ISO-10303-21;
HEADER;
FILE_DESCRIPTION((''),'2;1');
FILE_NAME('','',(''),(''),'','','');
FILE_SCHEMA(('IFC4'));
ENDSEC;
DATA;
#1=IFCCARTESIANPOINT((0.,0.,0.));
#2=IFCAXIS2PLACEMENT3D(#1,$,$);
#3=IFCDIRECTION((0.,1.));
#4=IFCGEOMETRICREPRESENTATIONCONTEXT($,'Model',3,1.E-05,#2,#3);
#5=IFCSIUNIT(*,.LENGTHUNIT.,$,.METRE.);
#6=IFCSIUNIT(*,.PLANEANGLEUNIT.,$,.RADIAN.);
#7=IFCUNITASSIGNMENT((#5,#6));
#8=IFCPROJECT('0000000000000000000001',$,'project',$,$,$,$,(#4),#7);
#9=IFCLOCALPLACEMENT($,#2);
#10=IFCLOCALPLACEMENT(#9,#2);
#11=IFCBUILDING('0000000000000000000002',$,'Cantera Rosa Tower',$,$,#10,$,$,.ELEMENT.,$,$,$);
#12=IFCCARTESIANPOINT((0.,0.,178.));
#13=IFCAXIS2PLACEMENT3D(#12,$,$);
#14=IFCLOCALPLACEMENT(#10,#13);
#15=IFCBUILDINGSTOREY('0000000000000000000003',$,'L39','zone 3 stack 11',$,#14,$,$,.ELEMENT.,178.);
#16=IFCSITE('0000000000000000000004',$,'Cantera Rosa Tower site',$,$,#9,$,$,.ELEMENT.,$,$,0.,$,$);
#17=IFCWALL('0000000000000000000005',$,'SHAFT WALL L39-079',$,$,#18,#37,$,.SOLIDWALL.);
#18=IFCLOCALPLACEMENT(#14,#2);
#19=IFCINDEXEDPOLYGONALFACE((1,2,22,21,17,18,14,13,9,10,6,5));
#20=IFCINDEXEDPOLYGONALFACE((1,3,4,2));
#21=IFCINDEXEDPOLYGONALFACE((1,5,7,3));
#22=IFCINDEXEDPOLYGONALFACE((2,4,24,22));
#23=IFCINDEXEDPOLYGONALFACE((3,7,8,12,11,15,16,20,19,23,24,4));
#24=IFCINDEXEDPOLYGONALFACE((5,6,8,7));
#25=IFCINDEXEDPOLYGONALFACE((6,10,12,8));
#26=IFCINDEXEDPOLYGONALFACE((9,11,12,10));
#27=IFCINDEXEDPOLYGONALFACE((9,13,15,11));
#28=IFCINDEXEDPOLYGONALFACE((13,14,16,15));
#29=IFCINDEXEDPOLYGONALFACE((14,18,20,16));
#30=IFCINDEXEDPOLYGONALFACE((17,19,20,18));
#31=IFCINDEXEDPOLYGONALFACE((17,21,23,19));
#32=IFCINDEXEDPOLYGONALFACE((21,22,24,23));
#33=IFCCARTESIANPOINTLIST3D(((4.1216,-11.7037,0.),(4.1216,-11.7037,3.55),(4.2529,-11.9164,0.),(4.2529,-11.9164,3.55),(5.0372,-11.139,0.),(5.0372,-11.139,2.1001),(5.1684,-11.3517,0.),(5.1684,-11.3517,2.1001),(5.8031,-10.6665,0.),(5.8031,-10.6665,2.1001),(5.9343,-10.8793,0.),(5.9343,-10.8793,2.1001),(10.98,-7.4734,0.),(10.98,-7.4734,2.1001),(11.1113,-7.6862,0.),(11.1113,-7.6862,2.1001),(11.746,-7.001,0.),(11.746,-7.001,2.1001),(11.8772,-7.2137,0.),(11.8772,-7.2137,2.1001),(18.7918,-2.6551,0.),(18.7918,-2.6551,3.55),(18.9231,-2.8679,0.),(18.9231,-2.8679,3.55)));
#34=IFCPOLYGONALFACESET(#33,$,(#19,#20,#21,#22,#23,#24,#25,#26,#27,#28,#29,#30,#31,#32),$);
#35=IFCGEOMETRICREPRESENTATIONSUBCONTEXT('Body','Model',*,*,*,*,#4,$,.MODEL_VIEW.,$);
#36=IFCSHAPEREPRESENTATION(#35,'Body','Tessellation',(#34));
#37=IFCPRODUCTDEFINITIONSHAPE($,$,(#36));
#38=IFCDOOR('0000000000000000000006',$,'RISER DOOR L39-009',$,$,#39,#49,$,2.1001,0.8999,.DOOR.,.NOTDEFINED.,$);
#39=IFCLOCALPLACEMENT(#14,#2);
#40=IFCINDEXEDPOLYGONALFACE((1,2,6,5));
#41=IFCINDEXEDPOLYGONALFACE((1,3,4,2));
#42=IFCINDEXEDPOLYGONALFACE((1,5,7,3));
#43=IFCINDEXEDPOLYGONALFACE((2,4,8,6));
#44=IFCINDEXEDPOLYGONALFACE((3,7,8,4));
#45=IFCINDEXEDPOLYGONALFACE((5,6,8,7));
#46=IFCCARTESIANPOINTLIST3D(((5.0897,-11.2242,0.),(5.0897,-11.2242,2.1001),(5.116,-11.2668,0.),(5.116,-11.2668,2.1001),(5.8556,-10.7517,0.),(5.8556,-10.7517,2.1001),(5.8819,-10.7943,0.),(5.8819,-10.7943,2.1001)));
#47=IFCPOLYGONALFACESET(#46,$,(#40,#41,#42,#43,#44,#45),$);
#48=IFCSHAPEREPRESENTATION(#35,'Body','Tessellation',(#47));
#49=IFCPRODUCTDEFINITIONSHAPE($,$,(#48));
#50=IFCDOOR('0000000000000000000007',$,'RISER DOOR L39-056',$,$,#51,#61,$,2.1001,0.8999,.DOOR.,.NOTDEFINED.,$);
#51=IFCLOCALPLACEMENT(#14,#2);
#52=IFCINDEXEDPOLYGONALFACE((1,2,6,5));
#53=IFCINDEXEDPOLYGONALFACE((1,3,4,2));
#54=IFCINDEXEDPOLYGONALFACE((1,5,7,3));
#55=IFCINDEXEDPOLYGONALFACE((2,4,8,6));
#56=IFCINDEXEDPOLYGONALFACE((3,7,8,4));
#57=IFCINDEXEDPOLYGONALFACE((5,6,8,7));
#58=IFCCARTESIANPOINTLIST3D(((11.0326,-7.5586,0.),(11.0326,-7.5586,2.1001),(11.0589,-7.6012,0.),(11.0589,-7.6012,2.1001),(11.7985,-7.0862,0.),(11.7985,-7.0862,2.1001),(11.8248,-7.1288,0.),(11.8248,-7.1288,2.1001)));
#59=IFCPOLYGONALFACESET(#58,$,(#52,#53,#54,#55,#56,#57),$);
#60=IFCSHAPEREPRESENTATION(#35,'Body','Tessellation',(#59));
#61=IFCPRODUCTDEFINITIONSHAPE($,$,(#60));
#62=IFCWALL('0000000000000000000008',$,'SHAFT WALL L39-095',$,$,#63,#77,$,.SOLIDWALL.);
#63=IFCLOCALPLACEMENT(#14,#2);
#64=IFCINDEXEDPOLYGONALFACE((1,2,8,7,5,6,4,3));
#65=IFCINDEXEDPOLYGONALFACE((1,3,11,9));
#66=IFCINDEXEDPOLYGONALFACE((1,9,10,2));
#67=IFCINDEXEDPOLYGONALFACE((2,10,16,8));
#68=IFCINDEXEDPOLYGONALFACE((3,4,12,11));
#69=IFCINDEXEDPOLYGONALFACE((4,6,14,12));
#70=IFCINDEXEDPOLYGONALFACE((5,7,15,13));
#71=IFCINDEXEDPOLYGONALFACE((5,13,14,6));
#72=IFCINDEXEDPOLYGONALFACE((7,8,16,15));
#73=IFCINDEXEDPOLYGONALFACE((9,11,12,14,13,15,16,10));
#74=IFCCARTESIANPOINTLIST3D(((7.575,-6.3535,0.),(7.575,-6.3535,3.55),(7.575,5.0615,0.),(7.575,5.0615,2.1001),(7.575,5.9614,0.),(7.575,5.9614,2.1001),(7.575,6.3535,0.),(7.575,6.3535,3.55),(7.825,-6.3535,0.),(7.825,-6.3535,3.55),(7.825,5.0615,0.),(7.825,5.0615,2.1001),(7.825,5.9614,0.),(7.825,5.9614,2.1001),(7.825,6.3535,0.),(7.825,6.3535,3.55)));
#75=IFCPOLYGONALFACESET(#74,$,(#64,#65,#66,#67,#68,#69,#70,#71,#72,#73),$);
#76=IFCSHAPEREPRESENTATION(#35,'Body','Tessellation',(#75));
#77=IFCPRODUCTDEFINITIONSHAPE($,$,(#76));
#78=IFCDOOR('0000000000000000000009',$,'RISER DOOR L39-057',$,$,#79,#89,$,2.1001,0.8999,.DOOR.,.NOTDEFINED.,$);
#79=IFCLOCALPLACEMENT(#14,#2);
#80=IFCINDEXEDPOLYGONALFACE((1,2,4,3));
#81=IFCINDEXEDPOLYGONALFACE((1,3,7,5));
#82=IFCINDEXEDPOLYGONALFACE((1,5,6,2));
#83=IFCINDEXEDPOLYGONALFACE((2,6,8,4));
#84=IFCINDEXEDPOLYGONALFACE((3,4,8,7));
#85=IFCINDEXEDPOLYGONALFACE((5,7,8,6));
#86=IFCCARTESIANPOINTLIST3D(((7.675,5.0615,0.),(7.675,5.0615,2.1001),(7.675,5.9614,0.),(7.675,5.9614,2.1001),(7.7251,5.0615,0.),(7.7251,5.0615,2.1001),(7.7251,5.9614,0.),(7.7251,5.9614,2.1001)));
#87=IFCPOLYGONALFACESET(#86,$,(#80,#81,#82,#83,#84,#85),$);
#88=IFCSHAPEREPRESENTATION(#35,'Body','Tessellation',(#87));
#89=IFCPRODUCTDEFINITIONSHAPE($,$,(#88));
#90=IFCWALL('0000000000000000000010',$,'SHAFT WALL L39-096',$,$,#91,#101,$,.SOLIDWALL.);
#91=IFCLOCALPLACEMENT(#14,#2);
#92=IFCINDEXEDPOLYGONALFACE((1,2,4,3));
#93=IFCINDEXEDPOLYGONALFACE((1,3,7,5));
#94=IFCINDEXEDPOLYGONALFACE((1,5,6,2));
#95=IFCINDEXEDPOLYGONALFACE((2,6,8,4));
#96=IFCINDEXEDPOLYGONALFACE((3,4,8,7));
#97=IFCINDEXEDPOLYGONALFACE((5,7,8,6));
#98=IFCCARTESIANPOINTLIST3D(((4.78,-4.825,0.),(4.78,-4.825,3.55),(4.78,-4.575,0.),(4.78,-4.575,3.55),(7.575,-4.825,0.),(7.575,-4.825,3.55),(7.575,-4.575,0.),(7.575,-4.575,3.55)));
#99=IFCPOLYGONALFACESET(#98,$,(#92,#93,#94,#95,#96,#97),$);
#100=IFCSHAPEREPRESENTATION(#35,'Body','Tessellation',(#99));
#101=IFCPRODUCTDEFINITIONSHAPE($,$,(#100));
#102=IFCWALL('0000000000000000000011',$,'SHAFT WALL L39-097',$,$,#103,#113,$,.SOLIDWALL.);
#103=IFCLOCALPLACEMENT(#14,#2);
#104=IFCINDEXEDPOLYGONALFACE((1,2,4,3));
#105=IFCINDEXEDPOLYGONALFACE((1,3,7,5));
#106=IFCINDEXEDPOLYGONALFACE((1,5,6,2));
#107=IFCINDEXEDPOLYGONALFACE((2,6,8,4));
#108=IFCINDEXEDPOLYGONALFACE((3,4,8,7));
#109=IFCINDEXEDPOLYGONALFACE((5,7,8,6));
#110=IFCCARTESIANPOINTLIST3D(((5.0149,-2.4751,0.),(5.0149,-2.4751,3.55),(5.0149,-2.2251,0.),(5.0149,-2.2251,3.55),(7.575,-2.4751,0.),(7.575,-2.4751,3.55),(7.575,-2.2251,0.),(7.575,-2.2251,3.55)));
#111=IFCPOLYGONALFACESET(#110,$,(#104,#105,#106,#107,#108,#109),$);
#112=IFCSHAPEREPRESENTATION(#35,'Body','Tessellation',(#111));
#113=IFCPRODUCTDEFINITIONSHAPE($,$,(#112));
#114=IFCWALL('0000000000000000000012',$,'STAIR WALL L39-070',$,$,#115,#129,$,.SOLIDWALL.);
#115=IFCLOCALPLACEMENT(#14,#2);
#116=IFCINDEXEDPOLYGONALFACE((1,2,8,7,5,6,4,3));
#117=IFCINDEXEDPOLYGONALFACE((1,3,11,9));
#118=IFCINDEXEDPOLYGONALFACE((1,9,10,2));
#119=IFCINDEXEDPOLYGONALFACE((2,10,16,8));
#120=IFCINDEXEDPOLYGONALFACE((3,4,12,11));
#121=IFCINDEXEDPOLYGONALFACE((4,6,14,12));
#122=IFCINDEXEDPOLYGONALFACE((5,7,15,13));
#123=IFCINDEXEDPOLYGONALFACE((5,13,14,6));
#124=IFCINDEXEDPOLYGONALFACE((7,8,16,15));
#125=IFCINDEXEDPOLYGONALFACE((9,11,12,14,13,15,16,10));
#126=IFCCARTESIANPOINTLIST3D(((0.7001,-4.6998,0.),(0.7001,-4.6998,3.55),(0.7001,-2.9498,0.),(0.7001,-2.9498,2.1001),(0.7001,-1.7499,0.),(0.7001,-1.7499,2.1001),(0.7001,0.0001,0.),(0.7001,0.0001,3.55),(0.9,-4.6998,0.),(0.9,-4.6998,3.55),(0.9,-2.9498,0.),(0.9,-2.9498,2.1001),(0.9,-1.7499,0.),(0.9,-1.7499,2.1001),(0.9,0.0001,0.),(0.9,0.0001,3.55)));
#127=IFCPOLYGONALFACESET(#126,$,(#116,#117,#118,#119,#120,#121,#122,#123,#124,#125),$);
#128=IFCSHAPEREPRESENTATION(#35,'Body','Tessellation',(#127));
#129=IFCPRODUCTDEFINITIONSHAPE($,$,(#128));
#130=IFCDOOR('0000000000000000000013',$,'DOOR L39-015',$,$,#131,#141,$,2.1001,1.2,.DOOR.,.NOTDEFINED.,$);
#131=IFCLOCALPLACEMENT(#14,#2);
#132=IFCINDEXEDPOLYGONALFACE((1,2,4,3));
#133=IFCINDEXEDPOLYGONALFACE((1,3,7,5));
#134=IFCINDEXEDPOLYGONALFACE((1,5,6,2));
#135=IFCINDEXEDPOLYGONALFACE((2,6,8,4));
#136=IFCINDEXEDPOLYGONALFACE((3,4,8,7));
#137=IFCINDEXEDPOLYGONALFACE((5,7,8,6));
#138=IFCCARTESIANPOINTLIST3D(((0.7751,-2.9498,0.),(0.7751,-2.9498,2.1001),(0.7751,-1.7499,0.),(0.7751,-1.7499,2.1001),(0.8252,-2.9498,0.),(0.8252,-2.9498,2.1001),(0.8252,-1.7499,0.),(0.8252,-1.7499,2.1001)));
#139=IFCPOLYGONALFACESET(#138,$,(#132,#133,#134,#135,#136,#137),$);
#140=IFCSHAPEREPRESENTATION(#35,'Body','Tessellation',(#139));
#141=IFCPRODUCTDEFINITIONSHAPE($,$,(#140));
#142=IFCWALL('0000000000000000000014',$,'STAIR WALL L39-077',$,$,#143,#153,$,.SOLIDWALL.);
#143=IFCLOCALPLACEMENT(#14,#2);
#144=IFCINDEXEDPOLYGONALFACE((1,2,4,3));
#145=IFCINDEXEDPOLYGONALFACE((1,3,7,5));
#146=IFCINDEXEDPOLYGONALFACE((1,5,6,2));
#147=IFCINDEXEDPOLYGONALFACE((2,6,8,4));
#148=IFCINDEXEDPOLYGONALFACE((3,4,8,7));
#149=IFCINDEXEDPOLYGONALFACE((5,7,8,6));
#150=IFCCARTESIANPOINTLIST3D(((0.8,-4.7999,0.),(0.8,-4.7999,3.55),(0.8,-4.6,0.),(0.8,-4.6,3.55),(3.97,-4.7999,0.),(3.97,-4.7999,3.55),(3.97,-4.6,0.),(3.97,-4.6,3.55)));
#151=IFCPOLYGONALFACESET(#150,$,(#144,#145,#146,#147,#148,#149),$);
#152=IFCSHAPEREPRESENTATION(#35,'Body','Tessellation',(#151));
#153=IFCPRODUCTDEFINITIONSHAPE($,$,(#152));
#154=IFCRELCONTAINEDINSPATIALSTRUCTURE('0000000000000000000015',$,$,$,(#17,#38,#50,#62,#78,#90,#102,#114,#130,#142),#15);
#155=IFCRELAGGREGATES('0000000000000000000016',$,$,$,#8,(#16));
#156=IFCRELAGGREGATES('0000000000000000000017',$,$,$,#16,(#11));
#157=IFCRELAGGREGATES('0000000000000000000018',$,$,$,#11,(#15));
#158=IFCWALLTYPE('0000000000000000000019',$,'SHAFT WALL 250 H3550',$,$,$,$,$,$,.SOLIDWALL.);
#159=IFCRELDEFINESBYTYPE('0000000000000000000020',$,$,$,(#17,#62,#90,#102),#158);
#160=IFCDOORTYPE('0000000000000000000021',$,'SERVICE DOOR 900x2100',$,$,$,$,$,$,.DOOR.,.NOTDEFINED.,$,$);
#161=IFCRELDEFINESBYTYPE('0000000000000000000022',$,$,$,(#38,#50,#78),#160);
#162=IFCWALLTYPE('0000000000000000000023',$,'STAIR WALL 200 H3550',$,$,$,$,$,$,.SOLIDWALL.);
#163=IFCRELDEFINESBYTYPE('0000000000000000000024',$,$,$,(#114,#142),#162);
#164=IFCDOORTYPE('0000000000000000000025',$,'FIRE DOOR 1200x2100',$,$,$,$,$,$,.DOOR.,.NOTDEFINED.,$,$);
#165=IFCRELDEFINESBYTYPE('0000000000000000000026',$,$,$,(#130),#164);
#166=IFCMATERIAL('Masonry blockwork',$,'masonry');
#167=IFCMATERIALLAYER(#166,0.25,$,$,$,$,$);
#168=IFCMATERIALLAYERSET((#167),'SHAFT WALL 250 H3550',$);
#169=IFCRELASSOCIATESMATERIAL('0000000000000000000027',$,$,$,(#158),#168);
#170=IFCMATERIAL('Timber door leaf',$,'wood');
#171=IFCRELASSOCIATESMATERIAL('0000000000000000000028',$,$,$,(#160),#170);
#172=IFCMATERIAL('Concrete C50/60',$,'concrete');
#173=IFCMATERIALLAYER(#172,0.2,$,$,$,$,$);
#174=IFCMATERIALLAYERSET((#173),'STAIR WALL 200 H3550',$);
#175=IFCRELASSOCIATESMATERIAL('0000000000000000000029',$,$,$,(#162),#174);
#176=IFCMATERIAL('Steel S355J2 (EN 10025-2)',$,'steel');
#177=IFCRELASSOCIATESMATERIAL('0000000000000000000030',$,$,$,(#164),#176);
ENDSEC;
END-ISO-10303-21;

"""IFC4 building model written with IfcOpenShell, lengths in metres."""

from ifc_helpers import new_model, si_unit, direction, frame, frame_2d, origin, place, context, subcontext, project, spatial, rectangle, extrude, material, layer, layer_set, type_object, element, fill, save


model = new_model("IFC4")

# Units and contexts
model_context = context("Model", 3, precision=1e-05, world=origin(), true_north=direction((0.0, 1.0)))
body_context = subcontext(model_context, "Body", "Model", "MODEL_VIEW")
ifc_project = project(units=[si_unit("LENGTHUNIT", "METRE"), si_unit("PLANEANGLEUNIT", "RADIAN")], contexts=[model_context])

# Site, building, storey
site_placement = place(None, origin())
site = spatial("IfcSite", under=ifc_project, at=site_placement, Name="Cantera Rosa Tower site", CompositionType="ELEMENT", RefElevation=0.0)
building_placement = place(site_placement, origin())
building = spatial("IfcBuilding", under=site, at=building_placement, Name="Cantera Rosa Tower", CompositionType="ELEMENT")
storey_placement = place(building_placement, frame((0.0, 0.0, 178.0)))
storey = spatial("IfcBuildingStorey", under=building, at=storey_placement, Name="L39", Description="zone 3 stack 11", CompositionType="ELEMENT", Elevation=178.0)

# Shared definitions
ifc_material_1 = material(Name="Masonry blockwork", Category="masonry")
ifc_layer_1 = layer(ifc_material_1, 0.25)
ifc_layer_set_1 = layer_set([ifc_layer_1], Name="SHAFT WALL 250 H3550")
wall_type_1 = type_object("IfcWallType", Name="SHAFT WALL 250 H3550", PredefinedType="SOLIDWALL", material=ifc_layer_set_1)

# Wall, openings, doors
wall_1_placement = place(storey_placement, frame((4.1873, -11.8101, 0.0), z_axis=(0.0, 0.0, 1.0), x_axis=(0.85112, 0.524972, 0.0)))
wall_1 = element("IfcWall", 1, at=wall_1_placement, inside=storey, type_object=wall_type_1, Name="SHAFT WALL L39-079", PredefinedType="SOLIDWALL", context=body_context, shape_type="SweptSolid", body=[
    extrude(rectangle(XDim=17.2363, YDim=0.25, at=frame_2d((8.6182, 0.0))), origin(), (0.0, 0.0, 1.0), 3.55),
])
opening_1_placement = place(wall_1_placement, frame((1.0757, 0.0, 0.0)))
opening_1 = element("IfcOpeningElement", 2, at=opening_1_placement, cuts=wall_1, PredefinedType="OPENING", context=body_context, shape_type="SweptSolid", body=[
    extrude(rectangle(XDim=0.8999, YDim=2.1001, at=frame_2d((0.45, 1.05))), frame((0.0, 0.135, 0.0), z_axis=(0.0, -1.0, 0.0), x_axis=(1.0, 0.0, 0.0)), (0.0, 0.0, 1.0), 0.27),
])
opening_2_placement = place(wall_1_placement, frame((8.0581, 0.0, 0.0)))
opening_2 = element("IfcOpeningElement", 3, at=opening_2_placement, cuts=wall_1, PredefinedType="OPENING", context=body_context, shape_type="SweptSolid", body=[
    extrude(rectangle(XDim=0.8999, YDim=2.1001, at=frame_2d((0.45, 1.05))), frame((0.0, 0.135, 0.0), z_axis=(0.0, -1.0, 0.0), x_axis=(1.0, 0.0, 0.0)), (0.0, 0.0, 1.0), 0.27),
])
ifc_material_2 = material(Name="Timber door leaf", Category="wood")
door_type_1 = type_object("IfcDoorType", Name="SERVICE DOOR 900x2100", OperationType="NOTDEFINED", PredefinedType="DOOR", material=ifc_material_2)
door_1_placement = place(opening_1_placement, origin())
door_1 = element("IfcDoor", 4, at=door_1_placement, inside=storey, type_object=door_type_1, Name="RISER DOOR L39-009", OperationType="NOTDEFINED", OverallHeight=2.1001, OverallWidth=0.8999, PredefinedType="DOOR", context=body_context, shape_type="SweptSolid", body=[
    extrude(rectangle(XDim=0.8999, YDim=2.1001, at=frame_2d((0.45, 1.05))), frame((0.0, 0.0249, 0.0), z_axis=(0.0, -1.0, 0.0), x_axis=(1.0, 0.0, 0.0)), (0.0, 0.0, 1.0), 0.05),
])
fill(opening_1, door_1)
door_2_placement = place(opening_2_placement, origin())
door_2 = element("IfcDoor", 5, at=door_2_placement, inside=storey, type_object=door_type_1, Name="RISER DOOR L39-056", OperationType="NOTDEFINED", OverallHeight=2.1001, OverallWidth=0.8999, PredefinedType="DOOR", context=body_context, shape_type="SweptSolid", body=[
    extrude(rectangle(XDim=0.8999, YDim=2.1001, at=frame_2d((0.45, 1.05))), frame((0.0, 0.0249, 0.0), z_axis=(0.0, -1.0, 0.0), x_axis=(1.0, 0.0, 0.0)), (0.0, 0.0, 1.0), 0.05),
])
fill(opening_2, door_2)

# Wall, opening, door
wall_2_placement = place(storey_placement, frame((7.7, -6.3535, 0.0), z_axis=(0.0, 0.0, 1.0), x_axis=(0.0, 1.0, 0.0)))
wall_2 = element("IfcWall", 6, at=wall_2_placement, inside=storey, type_object=wall_type_1, Name="SHAFT WALL L39-095", PredefinedType="SOLIDWALL", context=body_context, shape_type="SweptSolid", body=[
    extrude(rectangle(XDim=12.707, YDim=0.25, at=frame_2d((6.3535, 0.0))), origin(), (0.0, 0.0, 1.0), 3.55),
])
opening_3_placement = place(wall_2_placement, frame((11.415, 0.0, 0.0)))
opening_3 = element("IfcOpeningElement", 7, at=opening_3_placement, cuts=wall_2, PredefinedType="OPENING", context=body_context, shape_type="SweptSolid", body=[
    extrude(rectangle(XDim=0.8999, YDim=2.1001, at=frame_2d((0.45, 1.05))), frame((0.0, 0.135, 0.0), z_axis=(0.0, -1.0, 0.0), x_axis=(1.0, 0.0, 0.0)), (0.0, 0.0, 1.0), 0.27),
])
door_3_placement = place(opening_3_placement, origin())
door_3 = element("IfcDoor", 8, at=door_3_placement, inside=storey, type_object=door_type_1, Name="RISER DOOR L39-057", OperationType="NOTDEFINED", OverallHeight=2.1001, OverallWidth=0.8999, PredefinedType="DOOR", context=body_context, shape_type="SweptSolid", body=[
    extrude(rectangle(XDim=0.8999, YDim=2.1001, at=frame_2d((0.45, 1.05))), frame((0.0, 0.0249, 0.0), z_axis=(0.0, -1.0, 0.0), x_axis=(1.0, 0.0, 0.0)), (0.0, 0.0, 1.0), 0.05),
])
fill(opening_3, door_3)

# Walls
wall_3_placement = place(storey_placement, frame((7.575, -4.7, 0.0), z_axis=(0.0, 0.0, 1.0), x_axis=(-1.0, 0.0, 0.0)))
element("IfcWall", 9, at=wall_3_placement, inside=storey, type_object=wall_type_1, Name="SHAFT WALL L39-096", PredefinedType="SOLIDWALL", context=body_context, shape_type="SweptSolid", body=[
    extrude(rectangle(XDim=2.7949, YDim=0.25, at=frame_2d((1.3975, 0.0))), origin(), (0.0, 0.0, 1.0), 3.55),
])
wall_4_placement = place(storey_placement, frame((7.575, -2.3501, 0.0), z_axis=(0.0, 0.0, 1.0), x_axis=(-1.0, 0.0, 0.0)))
element("IfcWall", 10, at=wall_4_placement, inside=storey, type_object=wall_type_1, Name="SHAFT WALL L39-097", PredefinedType="SOLIDWALL", context=body_context, shape_type="SweptSolid", body=[
    extrude(rectangle(XDim=2.5601, YDim=0.25, at=frame_2d((1.28, 0.0))), origin(), (0.0, 0.0, 1.0), 3.55),
])

# Wall, opening, door
ifc_material_3 = material(Name="Concrete C50/60", Category="concrete")
ifc_layer_2 = layer(ifc_material_3, 0.2)
ifc_layer_set_2 = layer_set([ifc_layer_2], Name="STAIR WALL 200 H3550")
wall_type_2 = type_object("IfcWallType", Name="STAIR WALL 200 H3550", PredefinedType="SOLIDWALL", material=ifc_layer_set_2)
wall_5_placement = place(storey_placement, frame((0.8, -4.7, 0.0), z_axis=(0.0, 0.0, 1.0), x_axis=(0.0, 1.0, 0.0)))
wall_5 = element("IfcWall", 11, at=wall_5_placement, inside=storey, type_object=wall_type_2, Name="STAIR WALL L39-070", PredefinedType="SOLIDWALL", context=body_context, shape_type="SweptSolid", body=[
    extrude(rectangle(XDim=4.7, YDim=0.2, at=frame_2d((2.3501, 0.0))), origin(), (0.0, 0.0, 1.0), 3.55),
])
opening_4_placement = place(wall_5_placement, frame((1.75, 0.0, 0.0)))
opening_4 = element("IfcOpeningElement", 12, at=opening_4_placement, cuts=wall_5, PredefinedType="OPENING", context=body_context, shape_type="SweptSolid", body=[
    extrude(rectangle(XDim=1.2, YDim=2.1001, at=frame_2d((0.6001, 1.05))), frame((0.0, 0.1099, 0.0), z_axis=(0.0, -1.0, 0.0), x_axis=(1.0, 0.0, 0.0)), (0.0, 0.0, 1.0), 0.22),
])
ifc_material_4 = material(Name="Steel S355J2 (EN 10025-2)", Category="steel")
door_type_2 = type_object("IfcDoorType", Name="FIRE DOOR 1200x2100", OperationType="NOTDEFINED", PredefinedType="DOOR", material=ifc_material_4)
door_4_placement = place(opening_4_placement, origin())
door_4 = element("IfcDoor", 13, at=door_4_placement, inside=storey, type_object=door_type_2, Name="DOOR L39-015", OperationType="NOTDEFINED", OverallHeight=2.1001, OverallWidth=1.2, PredefinedType="DOOR", context=body_context, shape_type="SweptSolid", body=[
    extrude(rectangle(XDim=1.2, YDim=2.1001, at=frame_2d((0.6001, 1.05))), frame((0.0, 0.0249, 0.0), z_axis=(0.0, -1.0, 0.0), x_axis=(1.0, 0.0, 0.0)), (0.0, 0.0, 1.0), 0.05),
])
fill(opening_4, door_4)

# Wall
wall_6_placement = place(storey_placement, frame((3.97, -4.7, 0.0), z_axis=(0.0, 0.0, 1.0), x_axis=(-1.0, 0.0, 0.0)))
element("IfcWall", 14, at=wall_6_placement, inside=storey, type_object=wall_type_2, Name="STAIR WALL L39-077", PredefinedType="SOLIDWALL", context=body_context, shape_type="SweptSolid", body=[
    extrude(rectangle(XDim=3.1699, YDim=0.2, at=frame_2d((1.585, 0.0))), origin(), (0.0, 0.0, 1.0), 3.55),
])

save(model, "model.ifc")
